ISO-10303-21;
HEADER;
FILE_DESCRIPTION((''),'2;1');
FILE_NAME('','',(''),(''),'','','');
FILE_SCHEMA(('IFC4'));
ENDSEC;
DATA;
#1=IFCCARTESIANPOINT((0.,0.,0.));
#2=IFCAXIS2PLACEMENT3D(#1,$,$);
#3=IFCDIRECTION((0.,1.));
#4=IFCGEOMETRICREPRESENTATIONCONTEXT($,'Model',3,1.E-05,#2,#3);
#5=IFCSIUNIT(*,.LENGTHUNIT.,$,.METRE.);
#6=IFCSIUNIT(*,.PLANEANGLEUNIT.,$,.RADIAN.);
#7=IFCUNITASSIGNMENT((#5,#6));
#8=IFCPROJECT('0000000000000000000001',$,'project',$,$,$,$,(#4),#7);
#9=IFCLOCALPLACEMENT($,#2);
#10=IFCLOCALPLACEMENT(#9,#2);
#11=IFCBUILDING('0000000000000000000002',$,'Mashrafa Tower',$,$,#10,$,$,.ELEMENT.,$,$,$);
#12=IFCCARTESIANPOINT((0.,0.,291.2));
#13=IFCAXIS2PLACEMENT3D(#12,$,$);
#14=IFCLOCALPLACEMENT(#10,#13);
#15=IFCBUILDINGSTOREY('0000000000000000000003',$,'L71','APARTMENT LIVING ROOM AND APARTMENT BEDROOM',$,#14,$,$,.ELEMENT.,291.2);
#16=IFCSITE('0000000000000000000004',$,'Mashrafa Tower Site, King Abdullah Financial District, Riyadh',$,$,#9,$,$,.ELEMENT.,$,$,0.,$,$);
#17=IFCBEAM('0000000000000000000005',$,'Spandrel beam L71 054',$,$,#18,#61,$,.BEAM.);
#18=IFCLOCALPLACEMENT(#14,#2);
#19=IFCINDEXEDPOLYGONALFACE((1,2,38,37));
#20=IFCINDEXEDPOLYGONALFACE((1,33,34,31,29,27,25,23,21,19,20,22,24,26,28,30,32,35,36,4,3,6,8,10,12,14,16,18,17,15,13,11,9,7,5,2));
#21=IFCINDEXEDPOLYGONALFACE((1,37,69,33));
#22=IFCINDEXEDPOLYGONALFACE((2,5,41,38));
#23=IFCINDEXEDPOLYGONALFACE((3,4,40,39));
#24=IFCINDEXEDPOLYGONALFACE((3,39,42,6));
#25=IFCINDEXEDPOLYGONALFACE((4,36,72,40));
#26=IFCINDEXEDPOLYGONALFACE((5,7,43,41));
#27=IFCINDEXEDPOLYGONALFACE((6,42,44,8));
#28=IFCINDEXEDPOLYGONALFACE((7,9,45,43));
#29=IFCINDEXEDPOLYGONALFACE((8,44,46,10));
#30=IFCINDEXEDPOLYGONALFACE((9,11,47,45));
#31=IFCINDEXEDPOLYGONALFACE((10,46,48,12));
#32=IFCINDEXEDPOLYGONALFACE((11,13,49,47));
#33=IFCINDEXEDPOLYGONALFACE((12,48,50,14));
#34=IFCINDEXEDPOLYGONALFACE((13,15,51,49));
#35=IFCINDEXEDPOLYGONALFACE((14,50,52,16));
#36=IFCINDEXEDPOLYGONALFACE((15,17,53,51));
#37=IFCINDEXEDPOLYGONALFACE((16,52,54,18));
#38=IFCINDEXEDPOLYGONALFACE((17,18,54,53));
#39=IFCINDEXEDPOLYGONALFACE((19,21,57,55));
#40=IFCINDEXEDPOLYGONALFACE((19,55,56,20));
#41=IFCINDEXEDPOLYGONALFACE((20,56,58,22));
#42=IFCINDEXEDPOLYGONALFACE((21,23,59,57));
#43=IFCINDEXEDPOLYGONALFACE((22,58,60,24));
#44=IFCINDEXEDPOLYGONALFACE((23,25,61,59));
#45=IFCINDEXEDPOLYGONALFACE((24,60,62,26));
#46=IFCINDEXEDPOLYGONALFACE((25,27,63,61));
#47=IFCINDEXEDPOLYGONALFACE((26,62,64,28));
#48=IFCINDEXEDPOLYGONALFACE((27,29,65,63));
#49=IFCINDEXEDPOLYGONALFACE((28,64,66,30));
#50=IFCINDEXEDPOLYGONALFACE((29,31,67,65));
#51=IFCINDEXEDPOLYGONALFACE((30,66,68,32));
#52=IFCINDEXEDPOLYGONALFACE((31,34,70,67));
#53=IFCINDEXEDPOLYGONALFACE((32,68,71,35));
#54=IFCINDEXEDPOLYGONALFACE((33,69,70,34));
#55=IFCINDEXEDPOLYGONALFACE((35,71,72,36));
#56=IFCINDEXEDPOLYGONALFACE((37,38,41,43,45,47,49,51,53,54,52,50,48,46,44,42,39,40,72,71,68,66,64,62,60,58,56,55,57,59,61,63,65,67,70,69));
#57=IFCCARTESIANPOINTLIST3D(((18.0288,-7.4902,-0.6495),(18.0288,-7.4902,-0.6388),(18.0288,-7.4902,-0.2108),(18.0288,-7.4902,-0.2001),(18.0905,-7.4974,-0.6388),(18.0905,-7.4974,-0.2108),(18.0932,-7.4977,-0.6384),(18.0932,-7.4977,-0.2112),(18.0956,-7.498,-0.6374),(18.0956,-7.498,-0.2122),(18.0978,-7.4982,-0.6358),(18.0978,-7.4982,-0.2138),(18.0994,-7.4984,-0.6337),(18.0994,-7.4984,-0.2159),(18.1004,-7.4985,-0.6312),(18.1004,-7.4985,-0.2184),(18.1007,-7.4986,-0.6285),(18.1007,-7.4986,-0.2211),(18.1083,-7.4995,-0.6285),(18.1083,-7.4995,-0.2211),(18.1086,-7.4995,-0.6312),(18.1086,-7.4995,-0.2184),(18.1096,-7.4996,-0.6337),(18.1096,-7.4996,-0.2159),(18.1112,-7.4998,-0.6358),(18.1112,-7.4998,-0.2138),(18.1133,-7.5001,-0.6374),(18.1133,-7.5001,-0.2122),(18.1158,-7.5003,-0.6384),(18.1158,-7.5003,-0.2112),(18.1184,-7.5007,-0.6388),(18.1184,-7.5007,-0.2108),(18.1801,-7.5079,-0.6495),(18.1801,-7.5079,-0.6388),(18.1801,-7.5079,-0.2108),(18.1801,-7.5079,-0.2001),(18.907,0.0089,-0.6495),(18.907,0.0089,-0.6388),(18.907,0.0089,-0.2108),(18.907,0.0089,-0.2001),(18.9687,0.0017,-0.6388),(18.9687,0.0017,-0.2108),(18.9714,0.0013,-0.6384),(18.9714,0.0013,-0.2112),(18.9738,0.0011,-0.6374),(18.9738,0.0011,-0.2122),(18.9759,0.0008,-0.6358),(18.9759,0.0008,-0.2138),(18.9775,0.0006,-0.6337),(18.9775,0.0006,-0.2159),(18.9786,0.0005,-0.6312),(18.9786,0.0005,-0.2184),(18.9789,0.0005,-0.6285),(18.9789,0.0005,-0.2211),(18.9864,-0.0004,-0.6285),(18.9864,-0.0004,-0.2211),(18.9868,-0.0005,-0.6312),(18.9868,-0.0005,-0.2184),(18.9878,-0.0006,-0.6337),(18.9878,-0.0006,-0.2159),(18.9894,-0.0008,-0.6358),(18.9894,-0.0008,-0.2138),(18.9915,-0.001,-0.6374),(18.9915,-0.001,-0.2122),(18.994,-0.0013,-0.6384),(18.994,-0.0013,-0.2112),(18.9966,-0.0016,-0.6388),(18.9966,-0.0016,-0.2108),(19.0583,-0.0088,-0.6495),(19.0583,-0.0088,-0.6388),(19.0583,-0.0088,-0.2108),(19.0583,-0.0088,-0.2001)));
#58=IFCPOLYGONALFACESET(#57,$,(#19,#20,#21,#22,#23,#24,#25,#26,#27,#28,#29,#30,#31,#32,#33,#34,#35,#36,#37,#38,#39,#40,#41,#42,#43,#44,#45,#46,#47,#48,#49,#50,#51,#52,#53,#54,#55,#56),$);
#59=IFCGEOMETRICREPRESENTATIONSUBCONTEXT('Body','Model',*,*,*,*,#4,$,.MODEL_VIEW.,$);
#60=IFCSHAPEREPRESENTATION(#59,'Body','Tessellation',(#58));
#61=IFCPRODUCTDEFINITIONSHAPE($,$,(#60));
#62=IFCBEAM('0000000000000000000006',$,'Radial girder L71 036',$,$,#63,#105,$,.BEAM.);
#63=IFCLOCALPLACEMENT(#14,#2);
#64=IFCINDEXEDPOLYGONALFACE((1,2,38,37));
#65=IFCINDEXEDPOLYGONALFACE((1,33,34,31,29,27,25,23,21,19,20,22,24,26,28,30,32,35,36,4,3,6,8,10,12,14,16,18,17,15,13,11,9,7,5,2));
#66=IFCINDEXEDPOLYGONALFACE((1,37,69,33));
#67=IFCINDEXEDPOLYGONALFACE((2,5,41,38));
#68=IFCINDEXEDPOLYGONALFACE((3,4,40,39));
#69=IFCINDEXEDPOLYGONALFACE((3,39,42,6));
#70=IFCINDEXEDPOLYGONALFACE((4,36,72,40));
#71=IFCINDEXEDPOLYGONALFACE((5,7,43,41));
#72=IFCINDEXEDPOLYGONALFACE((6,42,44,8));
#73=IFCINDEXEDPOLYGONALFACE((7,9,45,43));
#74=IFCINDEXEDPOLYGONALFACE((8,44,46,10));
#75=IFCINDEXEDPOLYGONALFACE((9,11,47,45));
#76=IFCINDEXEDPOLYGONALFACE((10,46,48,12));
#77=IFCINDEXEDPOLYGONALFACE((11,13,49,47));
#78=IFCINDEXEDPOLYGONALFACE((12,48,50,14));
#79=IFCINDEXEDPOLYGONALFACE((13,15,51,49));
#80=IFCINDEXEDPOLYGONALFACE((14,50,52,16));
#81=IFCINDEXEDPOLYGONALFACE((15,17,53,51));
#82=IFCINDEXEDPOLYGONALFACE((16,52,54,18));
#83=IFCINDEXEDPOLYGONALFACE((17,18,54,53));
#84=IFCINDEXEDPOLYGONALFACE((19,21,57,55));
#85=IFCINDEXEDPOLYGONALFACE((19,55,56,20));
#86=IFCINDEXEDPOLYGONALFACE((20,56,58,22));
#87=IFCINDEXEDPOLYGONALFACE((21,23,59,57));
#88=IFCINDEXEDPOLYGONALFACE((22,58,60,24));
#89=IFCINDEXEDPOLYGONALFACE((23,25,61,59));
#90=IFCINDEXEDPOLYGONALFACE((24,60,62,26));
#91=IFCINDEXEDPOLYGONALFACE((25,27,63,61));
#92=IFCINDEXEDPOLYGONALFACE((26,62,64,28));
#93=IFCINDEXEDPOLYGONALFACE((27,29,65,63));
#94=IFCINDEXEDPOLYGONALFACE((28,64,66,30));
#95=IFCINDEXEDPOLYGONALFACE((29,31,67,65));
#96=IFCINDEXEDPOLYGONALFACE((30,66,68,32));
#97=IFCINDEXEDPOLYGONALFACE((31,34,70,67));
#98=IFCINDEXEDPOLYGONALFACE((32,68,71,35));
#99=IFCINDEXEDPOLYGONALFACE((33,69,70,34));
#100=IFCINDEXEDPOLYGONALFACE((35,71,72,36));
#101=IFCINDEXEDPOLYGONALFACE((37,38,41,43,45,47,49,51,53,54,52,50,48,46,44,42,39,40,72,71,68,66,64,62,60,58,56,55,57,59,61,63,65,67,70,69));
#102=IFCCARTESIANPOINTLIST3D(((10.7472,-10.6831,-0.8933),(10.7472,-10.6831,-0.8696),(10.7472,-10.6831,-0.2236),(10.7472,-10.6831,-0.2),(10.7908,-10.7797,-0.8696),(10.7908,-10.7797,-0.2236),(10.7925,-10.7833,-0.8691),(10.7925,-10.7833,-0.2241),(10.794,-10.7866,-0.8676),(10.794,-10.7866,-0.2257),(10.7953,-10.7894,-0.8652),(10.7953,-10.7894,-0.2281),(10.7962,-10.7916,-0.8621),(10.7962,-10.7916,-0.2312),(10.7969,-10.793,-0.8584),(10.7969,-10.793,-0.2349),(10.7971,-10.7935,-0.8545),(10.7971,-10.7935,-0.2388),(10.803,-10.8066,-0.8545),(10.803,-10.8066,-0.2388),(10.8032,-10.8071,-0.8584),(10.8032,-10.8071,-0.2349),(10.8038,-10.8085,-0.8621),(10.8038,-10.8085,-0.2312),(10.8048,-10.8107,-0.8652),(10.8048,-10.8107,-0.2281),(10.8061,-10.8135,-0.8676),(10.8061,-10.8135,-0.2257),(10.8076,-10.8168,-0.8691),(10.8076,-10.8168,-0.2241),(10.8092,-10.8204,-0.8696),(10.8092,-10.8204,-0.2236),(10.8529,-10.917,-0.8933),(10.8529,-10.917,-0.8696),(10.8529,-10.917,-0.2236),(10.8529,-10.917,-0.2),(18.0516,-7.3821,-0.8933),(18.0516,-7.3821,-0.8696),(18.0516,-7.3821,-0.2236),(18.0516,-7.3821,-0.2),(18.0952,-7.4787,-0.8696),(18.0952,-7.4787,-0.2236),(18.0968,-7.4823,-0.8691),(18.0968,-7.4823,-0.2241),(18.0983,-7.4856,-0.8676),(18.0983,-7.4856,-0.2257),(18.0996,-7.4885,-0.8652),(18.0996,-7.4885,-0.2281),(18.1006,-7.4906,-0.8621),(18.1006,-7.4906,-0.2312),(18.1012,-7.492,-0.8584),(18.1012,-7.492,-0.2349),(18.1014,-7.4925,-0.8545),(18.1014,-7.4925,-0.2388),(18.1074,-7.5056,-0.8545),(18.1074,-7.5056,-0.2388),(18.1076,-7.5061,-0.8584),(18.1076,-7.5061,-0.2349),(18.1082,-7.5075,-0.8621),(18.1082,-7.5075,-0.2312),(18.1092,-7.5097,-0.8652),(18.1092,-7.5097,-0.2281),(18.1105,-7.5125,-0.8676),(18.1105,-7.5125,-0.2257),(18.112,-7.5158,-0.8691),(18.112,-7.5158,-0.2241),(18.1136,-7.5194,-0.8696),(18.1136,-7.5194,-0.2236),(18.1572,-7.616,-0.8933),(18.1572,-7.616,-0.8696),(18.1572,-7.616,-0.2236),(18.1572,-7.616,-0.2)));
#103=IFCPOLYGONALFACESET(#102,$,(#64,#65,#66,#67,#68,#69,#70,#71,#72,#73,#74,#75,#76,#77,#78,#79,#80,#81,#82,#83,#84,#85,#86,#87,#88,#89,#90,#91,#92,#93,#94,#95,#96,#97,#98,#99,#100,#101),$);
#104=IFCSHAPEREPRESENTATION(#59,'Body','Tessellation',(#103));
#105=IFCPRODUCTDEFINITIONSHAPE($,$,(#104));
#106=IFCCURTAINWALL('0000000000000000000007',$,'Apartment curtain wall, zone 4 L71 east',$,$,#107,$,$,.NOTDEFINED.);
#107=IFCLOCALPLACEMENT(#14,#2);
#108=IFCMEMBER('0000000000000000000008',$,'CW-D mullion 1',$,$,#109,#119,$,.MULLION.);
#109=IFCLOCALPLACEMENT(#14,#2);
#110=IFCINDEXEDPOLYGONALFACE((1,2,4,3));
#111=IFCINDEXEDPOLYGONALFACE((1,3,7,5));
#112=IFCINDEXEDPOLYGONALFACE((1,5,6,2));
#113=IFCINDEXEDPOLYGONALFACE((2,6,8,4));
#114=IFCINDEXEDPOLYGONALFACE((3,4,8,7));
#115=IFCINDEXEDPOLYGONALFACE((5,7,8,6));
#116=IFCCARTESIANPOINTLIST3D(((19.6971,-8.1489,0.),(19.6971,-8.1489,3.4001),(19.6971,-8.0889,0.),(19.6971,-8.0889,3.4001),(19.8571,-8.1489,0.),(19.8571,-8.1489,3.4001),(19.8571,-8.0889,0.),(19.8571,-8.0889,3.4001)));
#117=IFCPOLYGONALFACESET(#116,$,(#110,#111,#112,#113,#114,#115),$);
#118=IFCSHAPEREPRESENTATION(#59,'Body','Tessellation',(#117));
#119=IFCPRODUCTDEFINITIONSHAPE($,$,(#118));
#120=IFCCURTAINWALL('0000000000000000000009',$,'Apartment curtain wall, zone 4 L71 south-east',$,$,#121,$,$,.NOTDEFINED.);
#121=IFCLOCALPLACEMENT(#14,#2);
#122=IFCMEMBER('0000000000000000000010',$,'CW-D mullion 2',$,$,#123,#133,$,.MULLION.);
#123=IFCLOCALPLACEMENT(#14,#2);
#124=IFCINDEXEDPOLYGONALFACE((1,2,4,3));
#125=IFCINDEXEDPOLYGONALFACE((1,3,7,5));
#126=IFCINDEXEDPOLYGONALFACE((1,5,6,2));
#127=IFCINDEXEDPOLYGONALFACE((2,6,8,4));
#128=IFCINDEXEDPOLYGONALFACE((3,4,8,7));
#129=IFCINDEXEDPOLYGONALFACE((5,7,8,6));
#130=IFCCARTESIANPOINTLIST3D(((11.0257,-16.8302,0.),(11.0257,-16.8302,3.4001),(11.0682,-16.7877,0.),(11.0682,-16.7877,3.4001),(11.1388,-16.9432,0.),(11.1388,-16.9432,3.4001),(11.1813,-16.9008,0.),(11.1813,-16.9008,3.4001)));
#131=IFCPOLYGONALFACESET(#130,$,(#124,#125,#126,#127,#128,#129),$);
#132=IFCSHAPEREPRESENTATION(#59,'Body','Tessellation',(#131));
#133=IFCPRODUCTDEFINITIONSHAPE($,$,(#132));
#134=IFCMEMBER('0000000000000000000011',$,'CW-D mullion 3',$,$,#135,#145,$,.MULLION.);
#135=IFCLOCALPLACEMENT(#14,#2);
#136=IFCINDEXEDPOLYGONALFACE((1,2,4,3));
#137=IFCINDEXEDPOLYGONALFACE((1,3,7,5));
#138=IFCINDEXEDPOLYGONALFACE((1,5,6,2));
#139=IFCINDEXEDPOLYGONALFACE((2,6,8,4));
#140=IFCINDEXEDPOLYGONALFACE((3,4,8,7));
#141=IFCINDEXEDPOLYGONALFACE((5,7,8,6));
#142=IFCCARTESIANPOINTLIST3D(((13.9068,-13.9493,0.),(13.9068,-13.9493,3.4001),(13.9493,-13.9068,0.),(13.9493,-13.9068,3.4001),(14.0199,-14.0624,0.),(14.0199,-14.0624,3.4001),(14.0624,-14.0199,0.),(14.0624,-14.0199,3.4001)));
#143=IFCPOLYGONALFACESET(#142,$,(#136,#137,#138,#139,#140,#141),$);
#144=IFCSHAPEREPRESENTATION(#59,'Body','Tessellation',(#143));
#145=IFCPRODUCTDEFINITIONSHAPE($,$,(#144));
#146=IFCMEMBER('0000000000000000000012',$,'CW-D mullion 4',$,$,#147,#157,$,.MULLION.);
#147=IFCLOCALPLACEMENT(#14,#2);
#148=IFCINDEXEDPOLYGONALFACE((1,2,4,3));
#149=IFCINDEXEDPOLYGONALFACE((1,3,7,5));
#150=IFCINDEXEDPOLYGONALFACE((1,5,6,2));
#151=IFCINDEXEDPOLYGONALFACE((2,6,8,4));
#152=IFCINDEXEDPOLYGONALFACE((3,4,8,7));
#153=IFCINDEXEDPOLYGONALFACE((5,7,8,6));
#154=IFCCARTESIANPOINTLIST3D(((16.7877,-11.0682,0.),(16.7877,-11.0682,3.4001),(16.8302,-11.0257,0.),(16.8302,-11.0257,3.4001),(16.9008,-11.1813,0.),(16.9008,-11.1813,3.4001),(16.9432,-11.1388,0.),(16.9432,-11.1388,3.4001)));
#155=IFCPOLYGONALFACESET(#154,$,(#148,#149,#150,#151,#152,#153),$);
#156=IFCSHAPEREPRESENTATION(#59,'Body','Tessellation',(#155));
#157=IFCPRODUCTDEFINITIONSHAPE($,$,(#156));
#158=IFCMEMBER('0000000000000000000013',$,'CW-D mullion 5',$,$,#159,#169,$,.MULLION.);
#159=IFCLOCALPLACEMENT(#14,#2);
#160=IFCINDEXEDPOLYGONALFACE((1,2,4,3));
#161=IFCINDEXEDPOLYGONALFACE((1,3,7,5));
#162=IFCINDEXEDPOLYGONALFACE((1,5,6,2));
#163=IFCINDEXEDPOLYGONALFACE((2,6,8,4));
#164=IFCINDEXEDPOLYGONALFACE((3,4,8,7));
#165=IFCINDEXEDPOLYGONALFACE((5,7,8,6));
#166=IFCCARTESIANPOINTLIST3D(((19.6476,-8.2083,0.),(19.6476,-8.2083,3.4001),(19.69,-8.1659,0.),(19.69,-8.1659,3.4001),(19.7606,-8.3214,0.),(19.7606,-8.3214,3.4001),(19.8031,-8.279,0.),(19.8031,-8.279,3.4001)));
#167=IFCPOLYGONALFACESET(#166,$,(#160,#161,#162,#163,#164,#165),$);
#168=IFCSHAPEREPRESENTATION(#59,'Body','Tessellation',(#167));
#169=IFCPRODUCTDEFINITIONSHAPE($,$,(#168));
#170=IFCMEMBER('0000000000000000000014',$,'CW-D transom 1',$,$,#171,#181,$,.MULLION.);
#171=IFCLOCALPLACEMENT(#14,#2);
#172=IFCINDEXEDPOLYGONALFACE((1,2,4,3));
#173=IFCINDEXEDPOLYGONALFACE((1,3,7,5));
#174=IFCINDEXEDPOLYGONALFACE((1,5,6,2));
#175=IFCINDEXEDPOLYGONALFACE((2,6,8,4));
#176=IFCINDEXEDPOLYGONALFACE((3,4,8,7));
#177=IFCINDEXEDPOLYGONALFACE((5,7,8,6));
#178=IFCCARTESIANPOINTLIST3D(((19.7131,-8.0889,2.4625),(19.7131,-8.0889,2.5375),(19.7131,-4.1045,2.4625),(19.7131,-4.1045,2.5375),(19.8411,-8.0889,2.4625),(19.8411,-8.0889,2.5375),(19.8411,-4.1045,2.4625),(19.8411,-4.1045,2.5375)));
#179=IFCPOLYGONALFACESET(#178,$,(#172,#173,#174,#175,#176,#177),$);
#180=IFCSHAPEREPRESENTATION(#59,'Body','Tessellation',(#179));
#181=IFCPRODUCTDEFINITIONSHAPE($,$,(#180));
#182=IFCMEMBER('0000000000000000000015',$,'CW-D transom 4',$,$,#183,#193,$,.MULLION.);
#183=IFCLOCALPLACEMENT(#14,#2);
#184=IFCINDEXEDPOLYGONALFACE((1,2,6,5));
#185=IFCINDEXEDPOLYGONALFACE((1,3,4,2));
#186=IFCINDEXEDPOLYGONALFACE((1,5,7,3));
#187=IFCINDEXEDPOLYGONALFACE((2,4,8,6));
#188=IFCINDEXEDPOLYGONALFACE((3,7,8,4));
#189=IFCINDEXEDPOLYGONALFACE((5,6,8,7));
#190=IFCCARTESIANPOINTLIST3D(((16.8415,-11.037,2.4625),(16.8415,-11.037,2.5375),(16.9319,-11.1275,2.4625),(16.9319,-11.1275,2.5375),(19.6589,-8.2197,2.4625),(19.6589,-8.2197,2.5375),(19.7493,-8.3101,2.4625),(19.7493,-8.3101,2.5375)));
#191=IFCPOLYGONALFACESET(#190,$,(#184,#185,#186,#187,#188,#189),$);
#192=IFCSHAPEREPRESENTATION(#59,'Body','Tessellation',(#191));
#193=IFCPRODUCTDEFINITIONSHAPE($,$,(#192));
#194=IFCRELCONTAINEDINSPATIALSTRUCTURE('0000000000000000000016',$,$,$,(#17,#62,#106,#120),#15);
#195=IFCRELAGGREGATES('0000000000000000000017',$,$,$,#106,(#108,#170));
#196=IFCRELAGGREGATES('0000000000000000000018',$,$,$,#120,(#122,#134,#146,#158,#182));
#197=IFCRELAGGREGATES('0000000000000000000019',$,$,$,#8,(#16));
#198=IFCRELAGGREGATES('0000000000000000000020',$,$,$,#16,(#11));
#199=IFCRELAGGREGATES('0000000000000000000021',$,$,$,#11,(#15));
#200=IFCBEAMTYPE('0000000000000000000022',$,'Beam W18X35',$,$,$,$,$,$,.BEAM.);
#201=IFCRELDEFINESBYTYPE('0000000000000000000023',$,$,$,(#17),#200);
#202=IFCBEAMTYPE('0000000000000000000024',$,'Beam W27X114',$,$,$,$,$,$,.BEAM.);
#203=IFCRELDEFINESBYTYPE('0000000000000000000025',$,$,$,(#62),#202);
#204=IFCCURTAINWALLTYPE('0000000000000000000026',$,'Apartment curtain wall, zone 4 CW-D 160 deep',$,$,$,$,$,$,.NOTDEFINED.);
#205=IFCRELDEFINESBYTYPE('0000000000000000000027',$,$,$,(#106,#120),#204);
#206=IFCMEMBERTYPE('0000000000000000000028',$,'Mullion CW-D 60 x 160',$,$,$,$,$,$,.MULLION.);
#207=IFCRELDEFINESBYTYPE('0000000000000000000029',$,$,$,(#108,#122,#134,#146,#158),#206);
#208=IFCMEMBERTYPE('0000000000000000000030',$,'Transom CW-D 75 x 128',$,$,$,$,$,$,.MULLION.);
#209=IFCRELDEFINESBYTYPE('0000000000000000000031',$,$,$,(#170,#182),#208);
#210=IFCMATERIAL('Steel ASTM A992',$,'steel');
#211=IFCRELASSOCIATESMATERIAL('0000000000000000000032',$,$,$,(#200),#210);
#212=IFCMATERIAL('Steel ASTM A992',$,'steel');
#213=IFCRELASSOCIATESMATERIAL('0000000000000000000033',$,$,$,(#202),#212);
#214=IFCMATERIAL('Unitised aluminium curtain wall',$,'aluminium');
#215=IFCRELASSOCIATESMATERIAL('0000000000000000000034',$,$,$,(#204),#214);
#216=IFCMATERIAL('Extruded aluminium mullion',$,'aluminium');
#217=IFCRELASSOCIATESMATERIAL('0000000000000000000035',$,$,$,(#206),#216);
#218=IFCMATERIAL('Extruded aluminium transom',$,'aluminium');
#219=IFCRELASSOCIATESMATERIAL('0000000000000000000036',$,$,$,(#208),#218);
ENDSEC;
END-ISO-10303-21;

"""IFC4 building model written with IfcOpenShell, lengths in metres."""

from ifc_helpers import new_model, si_unit, direction, frame, origin, origin_2d, place, context, subcontext, project, spatial, rectangle, i_section, extrude, source, transform, mapped, material, material_profile, profile_set, type_object, type_shapes, element, aggregate, save


model = new_model("IFC4")

# Units and contexts
model_context = context("Model", 3, precision=1e-05, world=origin(), true_north=direction((0.0, 1.0)))
body_context = subcontext(model_context, "Body", "Model", "MODEL_VIEW")
ifc_project = project(units=[si_unit("LENGTHUNIT", "METRE"), si_unit("PLANEANGLEUNIT", "RADIAN")], contexts=[model_context])

# Site, building, storey
site_placement = place(None, origin())
site = spatial("IfcSite", under=ifc_project, at=site_placement, Name="Mashrafa Tower Site, King Abdullah Financial District, Riyadh", CompositionType="ELEMENT", RefElevation=0.0)
building_placement = place(site_placement, origin())
building = spatial("IfcBuilding", under=site, at=building_placement, Name="Mashrafa Tower", CompositionType="ELEMENT")
storey_placement = place(building_placement, frame((0.0, 0.0, 291.2)))
storey = spatial("IfcBuildingStorey", under=building, at=storey_placement, Name="L71", Description="APARTMENT LIVING ROOM AND APARTMENT BEDROOM", CompositionType="ELEMENT", Elevation=291.2)

# Beams
ifc_material_1 = material(Name="Steel ASTM A992", Category="steel")
ifc_material_profile_1 = material_profile(ifc_material_1, i_section(OverallWidth=0.1523, OverallDepth=0.4495, WebThickness=0.0076, FlangeThickness=0.0107, FilletRadius=0.0103, at=origin_2d()), Name="W18X35")
ifc_profile_set_1 = profile_set([ifc_material_profile_1], Name="Steel ASTM A992")
beam_type_1 = type_object("IfcBeamType", Name="Beam W18X35", PredefinedType="BEAM", material=ifc_profile_set_1)
beam_1_placement = place(storey_placement, frame((18.1045, -7.499, -0.4248), z_axis=(0.11631, 0.993213, 0.0), x_axis=(-0.993213, 0.11631, 0.0)))
element("IfcBeam", 1, at=beam_1_placement, inside=storey, type_object=beam_type_1, Name="Spandrel beam L71 054", PredefinedType="BEAM", context=body_context, shape_type="SweptSolid", body=[
    extrude(i_section(OverallWidth=0.1523, OverallDepth=0.4495, WebThickness=0.0076, FlangeThickness=0.0107, FilletRadius=0.0103, at=origin_2d()), origin(), (0.0, 0.0, 1.0), 7.5503),
])
ifc_material_2 = material(Name="Steel ASTM A992", Category="steel")
ifc_material_profile_2 = material_profile(ifc_material_2, i_section(OverallWidth=0.2566, OverallDepth=0.6934, WebThickness=0.0144, FlangeThickness=0.0237, FilletRadius=0.0151, at=origin_2d()), Name="W27X114")
ifc_profile_set_2 = profile_set([ifc_material_profile_2], Name="Steel ASTM A992")
beam_type_2 = type_object("IfcBeamType", Name="Beam W27X114", PredefinedType="BEAM", material=ifc_profile_set_2)
beam_2_placement = place(storey_placement, frame((10.8, -10.8, -0.5466), z_axis=(0.911266, 0.411819, 0.0), x_axis=(-0.411819, 0.911266, 0.0)))
element("IfcBeam", 2, at=beam_2_placement, inside=storey, type_object=beam_type_2, Name="Radial girder L71 036", PredefinedType="BEAM", context=body_context, shape_type="SweptSolid", body=[
    extrude(i_section(OverallWidth=0.2566, OverallDepth=0.6934, WebThickness=0.0144, FlangeThickness=0.0237, FilletRadius=0.0151, at=origin_2d()), origin(), (0.0, 0.0, 1.0), 8.0156),
])

# Curtain wall, member
ifc_material_3 = material(Name="Unitised aluminium curtain wall", Category="aluminium")
curtain_wall_type = type_object("IfcCurtainWallType", Name="Apartment curtain wall, zone 4 CW-D 160 deep", PredefinedType="NOTDEFINED", material=ifc_material_3)
curtain_wall_1_placement = place(storey_placement, origin())
curtain_wall_1 = element("IfcCurtainWall", 3, at=curtain_wall_1_placement, inside=storey, type_object=curtain_wall_type, Name="Apartment curtain wall, zone 4 L71 east", PredefinedType="NOTDEFINED")
ifc_material_4 = material(Name="Extruded aluminium mullion", Category="aluminium")
ifc_material_profile_3 = material_profile(ifc_material_4, rectangle(XDim=0.1599, YDim=0.0601, at=origin_2d()), Name="Mullion 60x160")
ifc_profile_set_3 = profile_set([ifc_material_profile_3], Name="Extruded aluminium mullion")
member_type_1 = type_object("IfcMemberType", Name="Mullion CW-D 60 x 160", PredefinedType="MULLION", material=ifc_profile_set_3)
shared_shape_1 = source(origin(), body_context, "Body", "SweptSolid", [
    extrude(rectangle(XDim=0.1599, YDim=0.0601, at=origin_2d()), origin(), (0.0, 0.0, 1.0), 3.4001),
])
type_shapes(member_type_1, [shared_shape_1])
member_1_placement = place(storey_placement, frame((19.7771, -8.1189, 0.0), z_axis=(0.0, 0.0, 1.0), x_axis=(-1.0, 0.0, 0.0)))
member_1 = element("IfcMember", 4, at=member_1_placement, type_object=member_type_1, Name="CW-D mullion 1", PredefinedType="MULLION", context=body_context, shape_type="MappedRepresentation", body=[
    mapped(shared_shape_1, transform((0.0, 0.0, 0.0))),
])

# Curtain wall, members
curtain_wall_2_placement = place(storey_placement, origin())
curtain_wall_2 = element("IfcCurtainWall", 5, at=curtain_wall_2_placement, inside=storey, type_object=curtain_wall_type, Name="Apartment curtain wall, zone 4 L71 south-east", PredefinedType="NOTDEFINED")
member_2_placement = place(storey_placement, frame((11.1035, -16.8655, 0.0), z_axis=(0.0, 0.0, 1.0), x_axis=(-0.707107, 0.707107, 0.0)))
member_2 = element("IfcMember", 6, at=member_2_placement, type_object=member_type_1, Name="CW-D mullion 2", PredefinedType="MULLION", context=body_context, shape_type="MappedRepresentation", body=[
    mapped(shared_shape_1, transform((0.0, 0.0, 0.0))),
])
member_3_placement = place(storey_placement, frame((13.9846, -13.9846, 0.0), z_axis=(0.0, 0.0, 1.0), x_axis=(-0.707107, 0.707107, 0.0)))
member_3 = element("IfcMember", 7, at=member_3_placement, type_object=member_type_1, Name="CW-D mullion 3", PredefinedType="MULLION", context=body_context, shape_type="MappedRepresentation", body=[
    mapped(shared_shape_1, transform((0.0, 0.0, 0.0))),
])
member_4_placement = place(storey_placement, frame((16.8655, -11.1035, 0.0), z_axis=(0.0, 0.0, 1.0), x_axis=(-0.707107, 0.707107, 0.0)))
member_4 = element("IfcMember", 8, at=member_4_placement, type_object=member_type_1, Name="CW-D mullion 4", PredefinedType="MULLION", context=body_context, shape_type="MappedRepresentation", body=[
    mapped(shared_shape_1, transform((0.0, 0.0, 0.0))),
])
member_5_placement = place(storey_placement, frame((19.7253, -8.2437, 0.0), z_axis=(0.0, 0.0, 1.0), x_axis=(-0.707107, 0.707107, 0.0)))
member_5 = element("IfcMember", 9, at=member_5_placement, type_object=member_type_1, Name="CW-D mullion 5", PredefinedType="MULLION", context=body_context, shape_type="MappedRepresentation", body=[
    mapped(shared_shape_1, transform((0.0, 0.0, 0.0))),
])

# Members
ifc_material_5 = material(Name="Extruded aluminium transom", Category="aluminium")
ifc_material_profile_4 = material_profile(ifc_material_5, rectangle(XDim=0.1279, YDim=0.075, at=origin_2d()), Name="Transom 75x128")
ifc_profile_set_4 = profile_set([ifc_material_profile_4], Name="Extruded aluminium transom")
member_type_2 = type_object("IfcMemberType", Name="Transom CW-D 75 x 128", PredefinedType="MULLION", material=ifc_profile_set_4)
shared_shape_2 = source(origin(), body_context, "Body", "SweptSolid", [
    extrude(rectangle(XDim=0.1279, YDim=0.075, at=origin_2d()), origin(), (0.0, 0.0, 1.0), 3.9844),
])
member_6_placement = place(storey_placement, frame((19.7771, -8.0889, 2.5), z_axis=(0.0, 1.0, 0.0), x_axis=(-1.0, 0.0, 0.0)))
member_6 = element("IfcMember", 10, at=member_6_placement, type_object=member_type_2, Name="CW-D transom 1", PredefinedType="MULLION", context=body_context, shape_type="MappedRepresentation", body=[
    mapped(shared_shape_2, transform((0.0, 0.0, 0.0))),
])
aggregate(curtain_wall_1, [member_1, member_6])
member_7_placement = place(storey_placement, frame((16.8867, -11.0823, 2.5), z_axis=(0.707107, 0.707107, 0.0), x_axis=(-0.707107, 0.707107, 0.0)))
member_7 = element("IfcMember", 11, at=member_7_placement, type_object=member_type_2, Name="CW-D transom 4", PredefinedType="MULLION", context=body_context, shape_type="MappedRepresentation", body=[
    mapped(shared_shape_2, transform((0.0, 0.0, 0.0))),
])

aggregate(curtain_wall_2, [member_2, member_3, member_4, member_5, member_7])

save(model, "model.ifc")
